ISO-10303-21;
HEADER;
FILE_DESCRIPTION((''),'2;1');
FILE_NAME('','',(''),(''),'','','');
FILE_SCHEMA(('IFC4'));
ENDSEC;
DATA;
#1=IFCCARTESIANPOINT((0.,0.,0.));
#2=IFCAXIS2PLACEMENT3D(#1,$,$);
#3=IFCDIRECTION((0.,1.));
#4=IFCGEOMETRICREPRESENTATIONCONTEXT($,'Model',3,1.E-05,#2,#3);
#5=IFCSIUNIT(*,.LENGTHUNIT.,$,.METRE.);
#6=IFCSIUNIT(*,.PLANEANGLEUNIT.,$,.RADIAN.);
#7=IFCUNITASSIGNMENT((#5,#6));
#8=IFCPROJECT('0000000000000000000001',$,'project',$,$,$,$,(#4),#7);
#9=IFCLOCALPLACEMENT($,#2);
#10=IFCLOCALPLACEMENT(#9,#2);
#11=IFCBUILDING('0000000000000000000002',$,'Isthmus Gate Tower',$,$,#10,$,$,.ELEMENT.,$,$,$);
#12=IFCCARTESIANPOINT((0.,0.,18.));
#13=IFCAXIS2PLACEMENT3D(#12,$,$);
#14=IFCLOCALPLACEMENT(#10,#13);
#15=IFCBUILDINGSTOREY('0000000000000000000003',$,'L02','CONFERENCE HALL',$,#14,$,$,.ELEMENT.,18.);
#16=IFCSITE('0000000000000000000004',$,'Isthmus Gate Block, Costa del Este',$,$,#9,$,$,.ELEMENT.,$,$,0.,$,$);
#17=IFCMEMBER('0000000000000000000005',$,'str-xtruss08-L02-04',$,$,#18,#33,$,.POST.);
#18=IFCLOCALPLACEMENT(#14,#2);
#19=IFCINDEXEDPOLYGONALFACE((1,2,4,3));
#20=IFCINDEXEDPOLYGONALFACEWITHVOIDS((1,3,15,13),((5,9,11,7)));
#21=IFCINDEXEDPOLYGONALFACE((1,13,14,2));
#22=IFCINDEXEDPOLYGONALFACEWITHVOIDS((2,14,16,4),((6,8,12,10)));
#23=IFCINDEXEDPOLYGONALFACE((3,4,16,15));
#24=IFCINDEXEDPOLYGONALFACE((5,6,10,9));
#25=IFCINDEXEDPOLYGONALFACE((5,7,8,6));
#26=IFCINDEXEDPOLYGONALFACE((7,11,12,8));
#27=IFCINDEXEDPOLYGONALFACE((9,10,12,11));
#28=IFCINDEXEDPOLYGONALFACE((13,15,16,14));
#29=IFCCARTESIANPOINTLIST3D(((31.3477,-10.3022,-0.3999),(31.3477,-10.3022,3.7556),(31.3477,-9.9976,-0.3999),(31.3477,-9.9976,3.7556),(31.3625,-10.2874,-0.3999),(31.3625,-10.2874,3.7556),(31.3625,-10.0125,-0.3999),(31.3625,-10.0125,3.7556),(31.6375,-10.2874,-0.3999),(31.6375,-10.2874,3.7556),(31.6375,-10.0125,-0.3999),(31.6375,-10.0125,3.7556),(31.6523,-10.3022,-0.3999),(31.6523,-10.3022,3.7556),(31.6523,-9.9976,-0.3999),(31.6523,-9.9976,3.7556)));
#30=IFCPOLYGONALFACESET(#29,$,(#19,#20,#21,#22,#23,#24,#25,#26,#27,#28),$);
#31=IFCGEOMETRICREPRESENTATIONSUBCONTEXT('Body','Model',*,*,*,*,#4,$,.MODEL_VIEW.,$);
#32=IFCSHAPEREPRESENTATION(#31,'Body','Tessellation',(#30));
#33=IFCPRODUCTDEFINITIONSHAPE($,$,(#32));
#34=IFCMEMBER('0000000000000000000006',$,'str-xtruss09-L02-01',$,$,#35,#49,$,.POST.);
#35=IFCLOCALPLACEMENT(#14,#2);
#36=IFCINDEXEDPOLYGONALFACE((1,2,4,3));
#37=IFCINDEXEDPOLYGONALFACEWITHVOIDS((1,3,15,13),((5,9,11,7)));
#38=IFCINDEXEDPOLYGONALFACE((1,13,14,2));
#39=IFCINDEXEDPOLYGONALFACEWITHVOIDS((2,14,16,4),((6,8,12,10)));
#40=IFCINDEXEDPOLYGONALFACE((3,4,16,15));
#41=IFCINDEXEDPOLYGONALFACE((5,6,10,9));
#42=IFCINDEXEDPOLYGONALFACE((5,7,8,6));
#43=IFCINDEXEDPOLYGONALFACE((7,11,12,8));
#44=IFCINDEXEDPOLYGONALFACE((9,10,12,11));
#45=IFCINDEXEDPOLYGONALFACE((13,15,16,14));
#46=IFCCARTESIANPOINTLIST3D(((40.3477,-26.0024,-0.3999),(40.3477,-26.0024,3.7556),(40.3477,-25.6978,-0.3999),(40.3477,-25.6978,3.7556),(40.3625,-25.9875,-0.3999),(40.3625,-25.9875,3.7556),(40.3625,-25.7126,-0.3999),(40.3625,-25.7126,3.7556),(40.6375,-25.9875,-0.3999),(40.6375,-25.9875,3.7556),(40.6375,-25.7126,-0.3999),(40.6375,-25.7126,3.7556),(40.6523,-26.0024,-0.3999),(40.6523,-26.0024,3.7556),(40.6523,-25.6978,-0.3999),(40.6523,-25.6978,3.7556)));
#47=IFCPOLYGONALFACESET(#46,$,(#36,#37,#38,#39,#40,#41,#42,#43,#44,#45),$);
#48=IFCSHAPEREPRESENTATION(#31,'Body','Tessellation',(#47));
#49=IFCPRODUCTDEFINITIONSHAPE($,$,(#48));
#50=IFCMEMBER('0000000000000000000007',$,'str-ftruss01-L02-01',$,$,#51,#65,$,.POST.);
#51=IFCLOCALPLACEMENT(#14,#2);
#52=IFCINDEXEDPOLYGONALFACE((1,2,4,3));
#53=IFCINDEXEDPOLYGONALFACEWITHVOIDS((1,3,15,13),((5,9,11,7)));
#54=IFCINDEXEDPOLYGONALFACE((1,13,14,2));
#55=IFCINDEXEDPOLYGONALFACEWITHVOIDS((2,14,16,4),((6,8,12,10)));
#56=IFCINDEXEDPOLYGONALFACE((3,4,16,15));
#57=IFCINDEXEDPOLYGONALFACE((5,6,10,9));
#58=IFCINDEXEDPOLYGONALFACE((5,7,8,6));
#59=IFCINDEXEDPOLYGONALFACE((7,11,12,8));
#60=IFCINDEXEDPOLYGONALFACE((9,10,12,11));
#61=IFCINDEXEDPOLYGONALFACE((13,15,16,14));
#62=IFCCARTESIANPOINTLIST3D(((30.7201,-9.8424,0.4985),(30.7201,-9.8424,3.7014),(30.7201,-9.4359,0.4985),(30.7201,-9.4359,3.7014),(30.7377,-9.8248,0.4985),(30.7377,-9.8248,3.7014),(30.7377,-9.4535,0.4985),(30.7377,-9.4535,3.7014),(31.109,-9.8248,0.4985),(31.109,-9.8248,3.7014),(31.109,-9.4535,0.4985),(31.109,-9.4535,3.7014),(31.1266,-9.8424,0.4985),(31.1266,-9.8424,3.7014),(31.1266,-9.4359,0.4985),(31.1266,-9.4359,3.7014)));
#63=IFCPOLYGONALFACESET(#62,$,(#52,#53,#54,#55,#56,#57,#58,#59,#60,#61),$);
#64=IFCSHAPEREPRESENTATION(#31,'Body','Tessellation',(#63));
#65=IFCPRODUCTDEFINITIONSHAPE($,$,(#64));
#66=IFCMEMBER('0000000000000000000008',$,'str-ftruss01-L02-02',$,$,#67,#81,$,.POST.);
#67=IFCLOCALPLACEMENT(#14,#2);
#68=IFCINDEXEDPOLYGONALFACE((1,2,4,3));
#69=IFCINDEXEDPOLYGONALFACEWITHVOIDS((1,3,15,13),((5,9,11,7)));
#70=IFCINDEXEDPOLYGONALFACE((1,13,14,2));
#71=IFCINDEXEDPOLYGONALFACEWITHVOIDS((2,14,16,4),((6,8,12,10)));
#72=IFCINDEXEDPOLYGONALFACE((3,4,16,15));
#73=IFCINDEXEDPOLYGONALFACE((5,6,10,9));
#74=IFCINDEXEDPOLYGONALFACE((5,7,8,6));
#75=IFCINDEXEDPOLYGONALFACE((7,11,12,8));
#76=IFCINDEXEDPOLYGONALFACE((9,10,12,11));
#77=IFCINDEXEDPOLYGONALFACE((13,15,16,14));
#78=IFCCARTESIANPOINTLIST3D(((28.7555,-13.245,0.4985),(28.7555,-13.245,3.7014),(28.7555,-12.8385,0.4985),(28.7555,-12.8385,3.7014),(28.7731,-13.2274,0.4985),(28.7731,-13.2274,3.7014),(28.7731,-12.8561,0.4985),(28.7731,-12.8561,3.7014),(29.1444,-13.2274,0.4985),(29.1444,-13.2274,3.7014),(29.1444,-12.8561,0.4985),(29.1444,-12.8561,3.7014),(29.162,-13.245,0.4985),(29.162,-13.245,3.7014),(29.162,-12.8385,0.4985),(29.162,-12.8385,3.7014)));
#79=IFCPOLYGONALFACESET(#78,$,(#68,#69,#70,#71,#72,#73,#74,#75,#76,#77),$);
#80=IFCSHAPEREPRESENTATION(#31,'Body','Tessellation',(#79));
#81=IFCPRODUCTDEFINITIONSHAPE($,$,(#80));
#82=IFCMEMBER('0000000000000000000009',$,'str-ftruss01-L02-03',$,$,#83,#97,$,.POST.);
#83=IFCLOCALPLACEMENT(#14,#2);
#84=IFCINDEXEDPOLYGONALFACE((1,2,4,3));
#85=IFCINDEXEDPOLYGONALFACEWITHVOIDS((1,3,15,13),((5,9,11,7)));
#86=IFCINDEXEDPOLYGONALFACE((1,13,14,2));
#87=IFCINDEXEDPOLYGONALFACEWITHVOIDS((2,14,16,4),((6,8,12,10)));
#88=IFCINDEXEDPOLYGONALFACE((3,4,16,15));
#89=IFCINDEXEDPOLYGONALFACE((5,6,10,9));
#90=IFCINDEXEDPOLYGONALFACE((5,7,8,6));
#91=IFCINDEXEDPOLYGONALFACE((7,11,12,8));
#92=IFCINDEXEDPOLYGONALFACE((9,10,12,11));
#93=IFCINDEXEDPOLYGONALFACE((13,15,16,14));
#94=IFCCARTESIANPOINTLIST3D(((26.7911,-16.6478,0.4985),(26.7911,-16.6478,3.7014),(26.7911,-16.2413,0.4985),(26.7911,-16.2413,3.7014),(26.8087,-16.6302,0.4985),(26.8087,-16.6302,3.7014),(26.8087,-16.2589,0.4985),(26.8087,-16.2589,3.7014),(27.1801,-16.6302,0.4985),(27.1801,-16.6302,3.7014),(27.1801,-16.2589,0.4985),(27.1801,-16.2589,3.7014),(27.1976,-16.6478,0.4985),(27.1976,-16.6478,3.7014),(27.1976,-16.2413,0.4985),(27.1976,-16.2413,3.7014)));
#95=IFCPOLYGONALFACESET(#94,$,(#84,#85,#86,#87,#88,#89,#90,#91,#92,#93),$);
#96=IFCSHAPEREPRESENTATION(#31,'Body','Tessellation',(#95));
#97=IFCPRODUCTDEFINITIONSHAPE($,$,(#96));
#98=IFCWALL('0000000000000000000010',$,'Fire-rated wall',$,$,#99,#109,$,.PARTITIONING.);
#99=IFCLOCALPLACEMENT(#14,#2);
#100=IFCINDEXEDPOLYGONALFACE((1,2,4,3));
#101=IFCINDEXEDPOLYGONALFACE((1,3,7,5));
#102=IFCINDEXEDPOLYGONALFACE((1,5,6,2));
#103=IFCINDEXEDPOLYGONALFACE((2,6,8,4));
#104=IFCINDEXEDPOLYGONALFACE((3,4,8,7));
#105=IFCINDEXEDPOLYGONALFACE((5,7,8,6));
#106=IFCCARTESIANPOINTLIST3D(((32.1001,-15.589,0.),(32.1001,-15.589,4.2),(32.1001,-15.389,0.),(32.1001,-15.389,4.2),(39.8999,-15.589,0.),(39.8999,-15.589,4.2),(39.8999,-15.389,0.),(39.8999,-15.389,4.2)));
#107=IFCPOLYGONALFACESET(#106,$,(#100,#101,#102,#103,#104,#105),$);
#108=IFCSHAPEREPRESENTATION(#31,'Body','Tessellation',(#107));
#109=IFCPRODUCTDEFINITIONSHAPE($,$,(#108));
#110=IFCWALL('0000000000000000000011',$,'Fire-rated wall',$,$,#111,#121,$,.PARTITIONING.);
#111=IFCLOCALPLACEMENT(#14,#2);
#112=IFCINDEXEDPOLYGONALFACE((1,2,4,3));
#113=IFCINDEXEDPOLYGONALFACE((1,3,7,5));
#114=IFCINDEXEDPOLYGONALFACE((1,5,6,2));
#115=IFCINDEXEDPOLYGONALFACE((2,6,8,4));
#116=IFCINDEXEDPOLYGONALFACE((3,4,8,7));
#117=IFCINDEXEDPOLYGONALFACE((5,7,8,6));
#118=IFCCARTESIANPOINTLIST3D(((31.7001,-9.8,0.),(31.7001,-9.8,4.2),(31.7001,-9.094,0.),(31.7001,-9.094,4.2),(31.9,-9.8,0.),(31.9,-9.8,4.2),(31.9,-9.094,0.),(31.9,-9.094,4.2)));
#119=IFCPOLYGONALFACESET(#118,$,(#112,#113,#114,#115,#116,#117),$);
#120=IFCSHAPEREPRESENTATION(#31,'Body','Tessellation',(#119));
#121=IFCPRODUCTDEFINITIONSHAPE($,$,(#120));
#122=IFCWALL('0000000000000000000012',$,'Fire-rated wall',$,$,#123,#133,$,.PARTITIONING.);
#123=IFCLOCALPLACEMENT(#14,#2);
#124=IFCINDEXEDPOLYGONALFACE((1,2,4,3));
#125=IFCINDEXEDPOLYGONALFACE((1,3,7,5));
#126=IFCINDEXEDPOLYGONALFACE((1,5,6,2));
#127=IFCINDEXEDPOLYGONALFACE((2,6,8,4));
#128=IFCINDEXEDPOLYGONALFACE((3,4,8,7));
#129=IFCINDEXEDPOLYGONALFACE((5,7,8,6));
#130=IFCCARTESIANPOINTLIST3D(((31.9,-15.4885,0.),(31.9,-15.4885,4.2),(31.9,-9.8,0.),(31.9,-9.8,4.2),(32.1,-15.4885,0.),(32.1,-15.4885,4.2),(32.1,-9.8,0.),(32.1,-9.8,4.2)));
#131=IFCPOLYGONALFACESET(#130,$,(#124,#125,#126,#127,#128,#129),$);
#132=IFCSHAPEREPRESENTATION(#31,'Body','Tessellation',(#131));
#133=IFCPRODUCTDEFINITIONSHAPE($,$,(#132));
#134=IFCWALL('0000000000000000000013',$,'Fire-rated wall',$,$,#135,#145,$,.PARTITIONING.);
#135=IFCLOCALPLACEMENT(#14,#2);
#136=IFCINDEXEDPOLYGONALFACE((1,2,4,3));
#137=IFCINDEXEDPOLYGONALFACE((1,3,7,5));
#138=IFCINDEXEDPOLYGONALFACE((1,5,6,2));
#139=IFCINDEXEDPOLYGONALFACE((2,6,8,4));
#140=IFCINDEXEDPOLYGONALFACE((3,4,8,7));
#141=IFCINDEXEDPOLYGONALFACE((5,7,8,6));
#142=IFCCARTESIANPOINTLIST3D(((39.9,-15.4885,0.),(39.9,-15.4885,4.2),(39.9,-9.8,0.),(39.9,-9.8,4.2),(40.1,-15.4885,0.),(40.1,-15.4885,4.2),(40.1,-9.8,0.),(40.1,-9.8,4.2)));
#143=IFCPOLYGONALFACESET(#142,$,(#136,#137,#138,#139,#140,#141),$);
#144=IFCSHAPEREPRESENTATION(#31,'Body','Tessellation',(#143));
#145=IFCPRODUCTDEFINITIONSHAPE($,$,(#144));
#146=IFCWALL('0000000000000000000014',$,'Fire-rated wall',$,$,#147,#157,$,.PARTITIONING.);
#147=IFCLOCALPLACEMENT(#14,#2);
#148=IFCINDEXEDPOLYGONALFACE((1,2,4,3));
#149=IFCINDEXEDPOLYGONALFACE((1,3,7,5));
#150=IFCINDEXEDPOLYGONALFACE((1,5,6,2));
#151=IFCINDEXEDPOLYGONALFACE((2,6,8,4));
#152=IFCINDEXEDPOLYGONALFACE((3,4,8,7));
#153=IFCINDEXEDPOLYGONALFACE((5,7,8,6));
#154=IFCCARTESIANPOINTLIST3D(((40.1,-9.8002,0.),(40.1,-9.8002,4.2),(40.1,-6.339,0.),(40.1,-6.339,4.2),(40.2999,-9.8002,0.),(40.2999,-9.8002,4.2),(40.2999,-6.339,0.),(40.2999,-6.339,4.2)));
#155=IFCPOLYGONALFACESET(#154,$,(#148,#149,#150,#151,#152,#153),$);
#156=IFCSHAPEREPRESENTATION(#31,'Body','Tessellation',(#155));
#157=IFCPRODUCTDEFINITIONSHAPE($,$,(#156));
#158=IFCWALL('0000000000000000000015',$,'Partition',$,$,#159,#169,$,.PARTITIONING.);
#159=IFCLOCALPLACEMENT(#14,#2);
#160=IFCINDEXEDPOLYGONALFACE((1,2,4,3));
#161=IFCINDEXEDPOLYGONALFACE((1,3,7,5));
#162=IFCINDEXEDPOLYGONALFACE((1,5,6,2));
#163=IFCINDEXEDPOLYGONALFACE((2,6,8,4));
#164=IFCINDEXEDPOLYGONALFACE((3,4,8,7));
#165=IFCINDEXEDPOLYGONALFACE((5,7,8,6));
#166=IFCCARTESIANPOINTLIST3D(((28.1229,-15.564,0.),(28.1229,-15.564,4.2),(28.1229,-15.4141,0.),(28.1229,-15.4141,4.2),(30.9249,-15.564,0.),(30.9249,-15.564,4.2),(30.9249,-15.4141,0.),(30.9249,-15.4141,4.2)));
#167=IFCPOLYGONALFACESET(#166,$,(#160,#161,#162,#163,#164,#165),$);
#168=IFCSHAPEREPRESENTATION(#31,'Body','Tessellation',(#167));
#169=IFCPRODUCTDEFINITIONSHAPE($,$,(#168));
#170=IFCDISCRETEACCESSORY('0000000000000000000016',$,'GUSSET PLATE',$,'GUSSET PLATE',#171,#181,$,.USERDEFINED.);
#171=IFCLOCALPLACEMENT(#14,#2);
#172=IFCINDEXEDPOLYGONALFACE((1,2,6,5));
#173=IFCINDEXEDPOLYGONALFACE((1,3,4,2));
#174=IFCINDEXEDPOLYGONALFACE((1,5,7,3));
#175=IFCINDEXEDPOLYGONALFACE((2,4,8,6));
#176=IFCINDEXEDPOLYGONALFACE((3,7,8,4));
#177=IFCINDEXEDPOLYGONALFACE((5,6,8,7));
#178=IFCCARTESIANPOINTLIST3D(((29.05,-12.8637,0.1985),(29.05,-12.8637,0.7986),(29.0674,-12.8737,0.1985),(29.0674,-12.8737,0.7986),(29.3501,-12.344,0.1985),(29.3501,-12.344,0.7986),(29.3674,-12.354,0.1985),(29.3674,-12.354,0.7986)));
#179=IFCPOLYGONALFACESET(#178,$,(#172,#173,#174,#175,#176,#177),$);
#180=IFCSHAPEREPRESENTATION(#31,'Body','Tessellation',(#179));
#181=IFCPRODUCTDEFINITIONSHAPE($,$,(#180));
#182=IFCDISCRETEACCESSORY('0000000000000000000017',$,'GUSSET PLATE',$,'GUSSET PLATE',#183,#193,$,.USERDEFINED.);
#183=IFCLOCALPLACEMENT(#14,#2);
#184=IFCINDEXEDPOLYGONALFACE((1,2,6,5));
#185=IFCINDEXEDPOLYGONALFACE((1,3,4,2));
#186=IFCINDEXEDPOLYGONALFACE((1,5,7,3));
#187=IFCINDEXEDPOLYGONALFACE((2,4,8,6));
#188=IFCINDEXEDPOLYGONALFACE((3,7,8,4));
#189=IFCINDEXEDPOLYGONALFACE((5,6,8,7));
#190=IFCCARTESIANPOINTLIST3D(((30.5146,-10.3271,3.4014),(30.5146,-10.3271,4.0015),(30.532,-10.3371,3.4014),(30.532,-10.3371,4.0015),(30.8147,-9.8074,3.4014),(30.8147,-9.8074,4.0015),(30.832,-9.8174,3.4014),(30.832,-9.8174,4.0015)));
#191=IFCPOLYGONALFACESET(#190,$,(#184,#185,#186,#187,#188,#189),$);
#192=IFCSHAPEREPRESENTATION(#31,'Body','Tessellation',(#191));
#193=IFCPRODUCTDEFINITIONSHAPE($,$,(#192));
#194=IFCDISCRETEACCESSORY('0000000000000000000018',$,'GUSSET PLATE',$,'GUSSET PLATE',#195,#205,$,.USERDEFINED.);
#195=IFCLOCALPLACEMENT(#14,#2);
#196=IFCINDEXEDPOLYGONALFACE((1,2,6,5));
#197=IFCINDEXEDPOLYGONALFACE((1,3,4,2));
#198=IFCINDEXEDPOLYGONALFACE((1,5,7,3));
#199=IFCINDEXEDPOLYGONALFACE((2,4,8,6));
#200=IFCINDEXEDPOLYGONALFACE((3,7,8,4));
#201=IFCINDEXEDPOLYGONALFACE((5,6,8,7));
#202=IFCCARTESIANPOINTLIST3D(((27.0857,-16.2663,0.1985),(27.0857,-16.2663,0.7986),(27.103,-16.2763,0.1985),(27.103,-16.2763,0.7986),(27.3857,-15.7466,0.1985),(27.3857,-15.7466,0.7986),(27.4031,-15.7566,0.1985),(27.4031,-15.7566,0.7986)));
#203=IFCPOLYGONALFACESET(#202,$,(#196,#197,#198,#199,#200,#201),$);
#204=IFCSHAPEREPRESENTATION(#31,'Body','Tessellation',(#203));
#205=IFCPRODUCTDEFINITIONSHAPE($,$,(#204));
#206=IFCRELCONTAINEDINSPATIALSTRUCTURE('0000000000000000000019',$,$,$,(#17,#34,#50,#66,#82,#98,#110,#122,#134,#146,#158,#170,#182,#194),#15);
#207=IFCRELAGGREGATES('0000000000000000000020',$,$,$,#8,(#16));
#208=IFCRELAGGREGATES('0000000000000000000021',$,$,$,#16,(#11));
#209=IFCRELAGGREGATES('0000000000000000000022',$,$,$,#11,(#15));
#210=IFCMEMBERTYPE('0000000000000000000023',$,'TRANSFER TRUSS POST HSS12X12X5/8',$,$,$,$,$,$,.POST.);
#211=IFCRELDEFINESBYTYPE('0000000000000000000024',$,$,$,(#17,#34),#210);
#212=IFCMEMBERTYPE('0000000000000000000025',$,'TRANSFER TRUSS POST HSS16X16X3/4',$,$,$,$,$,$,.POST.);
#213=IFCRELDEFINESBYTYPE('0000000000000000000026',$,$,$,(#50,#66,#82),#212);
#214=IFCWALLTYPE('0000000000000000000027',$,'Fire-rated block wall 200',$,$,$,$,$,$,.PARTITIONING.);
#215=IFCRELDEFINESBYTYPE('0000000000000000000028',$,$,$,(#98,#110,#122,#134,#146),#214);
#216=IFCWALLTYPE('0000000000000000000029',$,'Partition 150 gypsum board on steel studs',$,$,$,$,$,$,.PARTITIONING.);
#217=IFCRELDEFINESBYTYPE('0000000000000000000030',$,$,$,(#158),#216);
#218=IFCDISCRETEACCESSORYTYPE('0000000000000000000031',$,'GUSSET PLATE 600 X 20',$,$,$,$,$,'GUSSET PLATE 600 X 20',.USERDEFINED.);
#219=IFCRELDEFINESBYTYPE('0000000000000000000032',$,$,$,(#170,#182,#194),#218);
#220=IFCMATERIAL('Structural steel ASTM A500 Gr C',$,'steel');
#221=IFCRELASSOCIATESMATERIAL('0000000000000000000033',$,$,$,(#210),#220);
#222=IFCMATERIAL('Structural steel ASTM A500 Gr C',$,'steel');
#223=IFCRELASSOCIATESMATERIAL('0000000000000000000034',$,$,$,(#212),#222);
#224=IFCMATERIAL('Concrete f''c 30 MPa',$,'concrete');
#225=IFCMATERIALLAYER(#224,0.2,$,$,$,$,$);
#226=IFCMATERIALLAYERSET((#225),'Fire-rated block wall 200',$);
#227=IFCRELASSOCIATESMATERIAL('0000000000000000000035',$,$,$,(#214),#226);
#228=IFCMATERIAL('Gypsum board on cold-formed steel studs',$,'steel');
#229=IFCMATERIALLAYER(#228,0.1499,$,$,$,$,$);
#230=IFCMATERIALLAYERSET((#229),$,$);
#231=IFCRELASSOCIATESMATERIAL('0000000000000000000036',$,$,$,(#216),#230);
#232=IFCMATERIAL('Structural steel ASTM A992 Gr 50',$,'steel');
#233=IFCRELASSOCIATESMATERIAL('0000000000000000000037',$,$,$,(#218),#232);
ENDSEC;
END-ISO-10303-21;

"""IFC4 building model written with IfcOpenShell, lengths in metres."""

from ifc_helpers import new_model, si_unit, direction, frame, frame_2d, origin, origin_2d, place, context, subcontext, project, spatial, rectangle, hollow_rectangle, extrude, material, layer, layer_set, material_profile, profile_set, type_object, element, save


model = new_model("IFC4")

# Units and contexts
model_context = context("Model", 3, precision=1e-05, world=origin(), true_north=direction((0.0, 1.0)))
body_context = subcontext(model_context, "Body", "Model", "MODEL_VIEW")
ifc_project = project(units=[si_unit("LENGTHUNIT", "METRE"), si_unit("PLANEANGLEUNIT", "RADIAN")], contexts=[model_context])

# Site, building, storey
site_placement = place(None, origin())
site = spatial("IfcSite", under=ifc_project, at=site_placement, Name="Isthmus Gate Block, Costa del Este", CompositionType="ELEMENT", RefElevation=0.0)
building_placement = place(site_placement, origin())
building = spatial("IfcBuilding", under=site, at=building_placement, Name="Isthmus Gate Tower", CompositionType="ELEMENT")
storey_placement = place(building_placement, frame((0.0, 0.0, 18.0)))
storey = spatial("IfcBuildingStorey", under=building, at=storey_placement, Name="L02", Description="CONFERENCE HALL", CompositionType="ELEMENT", Elevation=18.0)

# Members
ifc_material_1 = material(Name="Structural steel ASTM A500 Gr C", Category="steel")
ifc_material_profile_1 = material_profile(ifc_material_1, hollow_rectangle(XDim=0.3047, YDim=0.3047, WallThickness=0.0149, at=origin_2d()), Name="HSS12X12X5/8")
ifc_profile_set_1 = profile_set([ifc_material_profile_1], Name="Structural steel ASTM A500 Gr C")
member_type_1 = type_object("IfcMemberType", Name="TRANSFER TRUSS POST HSS12X12X5/8", PredefinedType="POST", material=ifc_profile_set_1)
for number, where, z_axis, x_axis, name in (
    (1, (31.5, -10.1499, -0.3999), (0.0, 0.0, 1.0), (1.0, 0.0, 0.0), "str-xtruss08-L02-04"),
    (2, (40.5, -25.8501, -0.3999), (0.0, 0.0, 1.0), (1.0, 0.0, 0.0), "str-xtruss09-L02-01"),
):
    element("IfcMember", number, at=place(storey_placement, frame(where, z_axis=z_axis, x_axis=x_axis)), inside=storey, type_object=member_type_1, Name=name, PredefinedType="POST", context=body_context, shape_type="SweptSolid", body=[
        extrude(hollow_rectangle(XDim=0.3047, YDim=0.3047, WallThickness=0.0149, at=origin_2d()), origin(), (0.0, 0.0, 1.0), 4.1555),
    ])
ifc_material_2 = material(Name="Structural steel ASTM A500 Gr C", Category="steel")
ifc_material_profile_2 = material_profile(ifc_material_2, hollow_rectangle(XDim=0.4065, YDim=0.4065, WallThickness=0.0176, at=origin_2d()), Name="HSS16X16X3/4")
ifc_profile_set_2 = profile_set([ifc_material_profile_2], Name="Structural steel ASTM A500 Gr C")
member_type_2 = type_object("IfcMemberType", Name="TRANSFER TRUSS POST HSS16X16X3/4", PredefinedType="POST", material=ifc_profile_set_2)
for number, where, z_axis, x_axis, name in (
    (3, (30.9233, -9.6392, 0.4985), (0.0, 0.0, 1.0), (1.0, 0.0, 0.0), "str-ftruss01-L02-01"),
    (4, (28.9587, -13.0417, 0.4985), (0.0, 0.0, 1.0), (1.0, 0.0, 0.0), "str-ftruss01-L02-02"),
    (5, (26.9944, -16.4446, 0.4985), (0.0, 0.0, 1.0), (1.0, 0.0, 0.0), "str-ftruss01-L02-03"),
):
    element("IfcMember", number, at=place(storey_placement, frame(where, z_axis=z_axis, x_axis=x_axis)), inside=storey, type_object=member_type_2, Name=name, PredefinedType="POST", context=body_context, shape_type="SweptSolid", body=[
        extrude(hollow_rectangle(XDim=0.4065, YDim=0.4065, WallThickness=0.0176, at=origin_2d()), origin(), (0.0, 0.0, 1.0), 3.2029),
    ])

# Walls
ifc_material_3 = material(Name="Concrete f'c 30 MPa", Category="concrete")
ifc_layer_1 = layer(ifc_material_3, 0.2)
ifc_layer_set_1 = layer_set([ifc_layer_1], Name="Fire-rated block wall 200")
wall_type_1 = type_object("IfcWallType", Name="Fire-rated block wall 200", PredefinedType="PARTITIONING", material=ifc_layer_set_1)
wall_1_placement = place(storey_placement, frame((32.1001, -15.489, 0.0), z_axis=(0.0, 0.0, 1.0), x_axis=(1.0, 0.0, 0.0)))
element("IfcWall", 6, at=wall_1_placement, inside=storey, type_object=wall_type_1, Name="Fire-rated wall", PredefinedType="PARTITIONING", context=body_context, shape_type="SweptSolid", body=[
    extrude(rectangle(XDim=7.7998, YDim=0.2, at=frame_2d((3.8999, 0.0))), origin(), (0.0, 0.0, 1.0), 4.2),
])
wall_2_placement = place(storey_placement, frame((31.8, -9.8, 0.0), z_axis=(0.0, 0.0, 1.0), x_axis=(0.0, 1.0, 0.0)))
element("IfcWall", 7, at=wall_2_placement, inside=storey, type_object=wall_type_1, Name="Fire-rated wall", PredefinedType="PARTITIONING", context=body_context, shape_type="SweptSolid", body=[
    extrude(rectangle(XDim=0.7061, YDim=0.2, at=frame_2d((0.353, 0.0))), origin(), (0.0, 0.0, 1.0), 4.2),
])
for number, where, z_axis, x_axis, name in (
    (8, (32.0, -15.4885, 0.0), (0.0, 0.0, 1.0), (0.0, 1.0, 0.0), "Fire-rated wall"),
    (9, (40.0, -15.4885, 0.0), (0.0, 0.0, 1.0), (0.0, 1.0, 0.0), "Fire-rated wall"),
):
    element("IfcWall", number, at=place(storey_placement, frame(where, z_axis=z_axis, x_axis=x_axis)), inside=storey, type_object=wall_type_1, Name=name, PredefinedType="PARTITIONING", context=body_context, shape_type="SweptSolid", body=[
        extrude(rectangle(XDim=5.6885, YDim=0.2, at=frame_2d((2.8442, 0.0))), origin(), (0.0, 0.0, 1.0), 4.2),
    ])
wall_3_placement = place(storey_placement, frame((40.2, -9.8, 0.0), z_axis=(0.0, 0.0, 1.0), x_axis=(0.0, 1.0, 0.0)))
element("IfcWall", 10, at=wall_3_placement, inside=storey, type_object=wall_type_1, Name="Fire-rated wall", PredefinedType="PARTITIONING", context=body_context, shape_type="SweptSolid", body=[
    extrude(rectangle(XDim=3.4612, YDim=0.2, at=frame_2d((1.7305, 0.0))), origin(), (0.0, 0.0, 1.0), 4.2),
])
ifc_material_4 = material(Name="Gypsum board on cold-formed steel studs", Category="steel")
ifc_layer_2 = layer(ifc_material_4, 0.1499)
ifc_layer_set_2 = layer_set([ifc_layer_2])
wall_type_2 = type_object("IfcWallType", Name="Partition 150 gypsum board on steel studs", PredefinedType="PARTITIONING", material=ifc_layer_set_2)
wall_4_placement = place(storey_placement, frame((28.123, -15.489, 0.0), z_axis=(0.0, 0.0, 1.0), x_axis=(1.0, 0.0, 0.0)))
element("IfcWall", 11, at=wall_4_placement, inside=storey, type_object=wall_type_2, Name="Partition", PredefinedType="PARTITIONING", context=body_context, shape_type="SweptSolid", body=[
    extrude(rectangle(XDim=2.802, YDim=0.1499, at=frame_2d((1.4009, 0.0))), origin(), (0.0, 0.0, 1.0), 4.2),
])

# Discrete accessories
ifc_material_5 = material(Name="Structural steel ASTM A992 Gr 50", Category="steel")
discrete_accessory_type = type_object("IfcDiscreteAccessoryType", Name="GUSSET PLATE 600 X 20", ElementType="GUSSET PLATE 600 X 20", PredefinedType="USERDEFINED", material=ifc_material_5)
for number, where, z_axis, x_axis, name in (
    (12, (29.2087, -12.6089, 0.1985), (0.0, 0.0, 1.0), (0.5, 0.866025, 0.0), "GUSSET PLATE"),
    (13, (30.6733, -10.0723, 3.4014), (0.0, 0.0, 1.0), (0.5, 0.866025, 0.0), "GUSSET PLATE"),
    (14, (27.2444, -16.0115, 0.1985), (0.0, 0.0, 1.0), (0.5, 0.866025, 0.0), "GUSSET PLATE"),
):
    element("IfcDiscreteAccessory", number, at=place(storey_placement, frame(where, z_axis=z_axis, x_axis=x_axis)), inside=storey, type_object=discrete_accessory_type, Name=name, ObjectType="GUSSET PLATE", PredefinedType="USERDEFINED", context=body_context, shape_type="SweptSolid", body=[
        extrude(rectangle(XDim=0.6001, YDim=0.02, at=origin_2d()), origin(), (0.0, 0.0, 1.0), 0.6001),
    ])

save(model, "model.ifc")
